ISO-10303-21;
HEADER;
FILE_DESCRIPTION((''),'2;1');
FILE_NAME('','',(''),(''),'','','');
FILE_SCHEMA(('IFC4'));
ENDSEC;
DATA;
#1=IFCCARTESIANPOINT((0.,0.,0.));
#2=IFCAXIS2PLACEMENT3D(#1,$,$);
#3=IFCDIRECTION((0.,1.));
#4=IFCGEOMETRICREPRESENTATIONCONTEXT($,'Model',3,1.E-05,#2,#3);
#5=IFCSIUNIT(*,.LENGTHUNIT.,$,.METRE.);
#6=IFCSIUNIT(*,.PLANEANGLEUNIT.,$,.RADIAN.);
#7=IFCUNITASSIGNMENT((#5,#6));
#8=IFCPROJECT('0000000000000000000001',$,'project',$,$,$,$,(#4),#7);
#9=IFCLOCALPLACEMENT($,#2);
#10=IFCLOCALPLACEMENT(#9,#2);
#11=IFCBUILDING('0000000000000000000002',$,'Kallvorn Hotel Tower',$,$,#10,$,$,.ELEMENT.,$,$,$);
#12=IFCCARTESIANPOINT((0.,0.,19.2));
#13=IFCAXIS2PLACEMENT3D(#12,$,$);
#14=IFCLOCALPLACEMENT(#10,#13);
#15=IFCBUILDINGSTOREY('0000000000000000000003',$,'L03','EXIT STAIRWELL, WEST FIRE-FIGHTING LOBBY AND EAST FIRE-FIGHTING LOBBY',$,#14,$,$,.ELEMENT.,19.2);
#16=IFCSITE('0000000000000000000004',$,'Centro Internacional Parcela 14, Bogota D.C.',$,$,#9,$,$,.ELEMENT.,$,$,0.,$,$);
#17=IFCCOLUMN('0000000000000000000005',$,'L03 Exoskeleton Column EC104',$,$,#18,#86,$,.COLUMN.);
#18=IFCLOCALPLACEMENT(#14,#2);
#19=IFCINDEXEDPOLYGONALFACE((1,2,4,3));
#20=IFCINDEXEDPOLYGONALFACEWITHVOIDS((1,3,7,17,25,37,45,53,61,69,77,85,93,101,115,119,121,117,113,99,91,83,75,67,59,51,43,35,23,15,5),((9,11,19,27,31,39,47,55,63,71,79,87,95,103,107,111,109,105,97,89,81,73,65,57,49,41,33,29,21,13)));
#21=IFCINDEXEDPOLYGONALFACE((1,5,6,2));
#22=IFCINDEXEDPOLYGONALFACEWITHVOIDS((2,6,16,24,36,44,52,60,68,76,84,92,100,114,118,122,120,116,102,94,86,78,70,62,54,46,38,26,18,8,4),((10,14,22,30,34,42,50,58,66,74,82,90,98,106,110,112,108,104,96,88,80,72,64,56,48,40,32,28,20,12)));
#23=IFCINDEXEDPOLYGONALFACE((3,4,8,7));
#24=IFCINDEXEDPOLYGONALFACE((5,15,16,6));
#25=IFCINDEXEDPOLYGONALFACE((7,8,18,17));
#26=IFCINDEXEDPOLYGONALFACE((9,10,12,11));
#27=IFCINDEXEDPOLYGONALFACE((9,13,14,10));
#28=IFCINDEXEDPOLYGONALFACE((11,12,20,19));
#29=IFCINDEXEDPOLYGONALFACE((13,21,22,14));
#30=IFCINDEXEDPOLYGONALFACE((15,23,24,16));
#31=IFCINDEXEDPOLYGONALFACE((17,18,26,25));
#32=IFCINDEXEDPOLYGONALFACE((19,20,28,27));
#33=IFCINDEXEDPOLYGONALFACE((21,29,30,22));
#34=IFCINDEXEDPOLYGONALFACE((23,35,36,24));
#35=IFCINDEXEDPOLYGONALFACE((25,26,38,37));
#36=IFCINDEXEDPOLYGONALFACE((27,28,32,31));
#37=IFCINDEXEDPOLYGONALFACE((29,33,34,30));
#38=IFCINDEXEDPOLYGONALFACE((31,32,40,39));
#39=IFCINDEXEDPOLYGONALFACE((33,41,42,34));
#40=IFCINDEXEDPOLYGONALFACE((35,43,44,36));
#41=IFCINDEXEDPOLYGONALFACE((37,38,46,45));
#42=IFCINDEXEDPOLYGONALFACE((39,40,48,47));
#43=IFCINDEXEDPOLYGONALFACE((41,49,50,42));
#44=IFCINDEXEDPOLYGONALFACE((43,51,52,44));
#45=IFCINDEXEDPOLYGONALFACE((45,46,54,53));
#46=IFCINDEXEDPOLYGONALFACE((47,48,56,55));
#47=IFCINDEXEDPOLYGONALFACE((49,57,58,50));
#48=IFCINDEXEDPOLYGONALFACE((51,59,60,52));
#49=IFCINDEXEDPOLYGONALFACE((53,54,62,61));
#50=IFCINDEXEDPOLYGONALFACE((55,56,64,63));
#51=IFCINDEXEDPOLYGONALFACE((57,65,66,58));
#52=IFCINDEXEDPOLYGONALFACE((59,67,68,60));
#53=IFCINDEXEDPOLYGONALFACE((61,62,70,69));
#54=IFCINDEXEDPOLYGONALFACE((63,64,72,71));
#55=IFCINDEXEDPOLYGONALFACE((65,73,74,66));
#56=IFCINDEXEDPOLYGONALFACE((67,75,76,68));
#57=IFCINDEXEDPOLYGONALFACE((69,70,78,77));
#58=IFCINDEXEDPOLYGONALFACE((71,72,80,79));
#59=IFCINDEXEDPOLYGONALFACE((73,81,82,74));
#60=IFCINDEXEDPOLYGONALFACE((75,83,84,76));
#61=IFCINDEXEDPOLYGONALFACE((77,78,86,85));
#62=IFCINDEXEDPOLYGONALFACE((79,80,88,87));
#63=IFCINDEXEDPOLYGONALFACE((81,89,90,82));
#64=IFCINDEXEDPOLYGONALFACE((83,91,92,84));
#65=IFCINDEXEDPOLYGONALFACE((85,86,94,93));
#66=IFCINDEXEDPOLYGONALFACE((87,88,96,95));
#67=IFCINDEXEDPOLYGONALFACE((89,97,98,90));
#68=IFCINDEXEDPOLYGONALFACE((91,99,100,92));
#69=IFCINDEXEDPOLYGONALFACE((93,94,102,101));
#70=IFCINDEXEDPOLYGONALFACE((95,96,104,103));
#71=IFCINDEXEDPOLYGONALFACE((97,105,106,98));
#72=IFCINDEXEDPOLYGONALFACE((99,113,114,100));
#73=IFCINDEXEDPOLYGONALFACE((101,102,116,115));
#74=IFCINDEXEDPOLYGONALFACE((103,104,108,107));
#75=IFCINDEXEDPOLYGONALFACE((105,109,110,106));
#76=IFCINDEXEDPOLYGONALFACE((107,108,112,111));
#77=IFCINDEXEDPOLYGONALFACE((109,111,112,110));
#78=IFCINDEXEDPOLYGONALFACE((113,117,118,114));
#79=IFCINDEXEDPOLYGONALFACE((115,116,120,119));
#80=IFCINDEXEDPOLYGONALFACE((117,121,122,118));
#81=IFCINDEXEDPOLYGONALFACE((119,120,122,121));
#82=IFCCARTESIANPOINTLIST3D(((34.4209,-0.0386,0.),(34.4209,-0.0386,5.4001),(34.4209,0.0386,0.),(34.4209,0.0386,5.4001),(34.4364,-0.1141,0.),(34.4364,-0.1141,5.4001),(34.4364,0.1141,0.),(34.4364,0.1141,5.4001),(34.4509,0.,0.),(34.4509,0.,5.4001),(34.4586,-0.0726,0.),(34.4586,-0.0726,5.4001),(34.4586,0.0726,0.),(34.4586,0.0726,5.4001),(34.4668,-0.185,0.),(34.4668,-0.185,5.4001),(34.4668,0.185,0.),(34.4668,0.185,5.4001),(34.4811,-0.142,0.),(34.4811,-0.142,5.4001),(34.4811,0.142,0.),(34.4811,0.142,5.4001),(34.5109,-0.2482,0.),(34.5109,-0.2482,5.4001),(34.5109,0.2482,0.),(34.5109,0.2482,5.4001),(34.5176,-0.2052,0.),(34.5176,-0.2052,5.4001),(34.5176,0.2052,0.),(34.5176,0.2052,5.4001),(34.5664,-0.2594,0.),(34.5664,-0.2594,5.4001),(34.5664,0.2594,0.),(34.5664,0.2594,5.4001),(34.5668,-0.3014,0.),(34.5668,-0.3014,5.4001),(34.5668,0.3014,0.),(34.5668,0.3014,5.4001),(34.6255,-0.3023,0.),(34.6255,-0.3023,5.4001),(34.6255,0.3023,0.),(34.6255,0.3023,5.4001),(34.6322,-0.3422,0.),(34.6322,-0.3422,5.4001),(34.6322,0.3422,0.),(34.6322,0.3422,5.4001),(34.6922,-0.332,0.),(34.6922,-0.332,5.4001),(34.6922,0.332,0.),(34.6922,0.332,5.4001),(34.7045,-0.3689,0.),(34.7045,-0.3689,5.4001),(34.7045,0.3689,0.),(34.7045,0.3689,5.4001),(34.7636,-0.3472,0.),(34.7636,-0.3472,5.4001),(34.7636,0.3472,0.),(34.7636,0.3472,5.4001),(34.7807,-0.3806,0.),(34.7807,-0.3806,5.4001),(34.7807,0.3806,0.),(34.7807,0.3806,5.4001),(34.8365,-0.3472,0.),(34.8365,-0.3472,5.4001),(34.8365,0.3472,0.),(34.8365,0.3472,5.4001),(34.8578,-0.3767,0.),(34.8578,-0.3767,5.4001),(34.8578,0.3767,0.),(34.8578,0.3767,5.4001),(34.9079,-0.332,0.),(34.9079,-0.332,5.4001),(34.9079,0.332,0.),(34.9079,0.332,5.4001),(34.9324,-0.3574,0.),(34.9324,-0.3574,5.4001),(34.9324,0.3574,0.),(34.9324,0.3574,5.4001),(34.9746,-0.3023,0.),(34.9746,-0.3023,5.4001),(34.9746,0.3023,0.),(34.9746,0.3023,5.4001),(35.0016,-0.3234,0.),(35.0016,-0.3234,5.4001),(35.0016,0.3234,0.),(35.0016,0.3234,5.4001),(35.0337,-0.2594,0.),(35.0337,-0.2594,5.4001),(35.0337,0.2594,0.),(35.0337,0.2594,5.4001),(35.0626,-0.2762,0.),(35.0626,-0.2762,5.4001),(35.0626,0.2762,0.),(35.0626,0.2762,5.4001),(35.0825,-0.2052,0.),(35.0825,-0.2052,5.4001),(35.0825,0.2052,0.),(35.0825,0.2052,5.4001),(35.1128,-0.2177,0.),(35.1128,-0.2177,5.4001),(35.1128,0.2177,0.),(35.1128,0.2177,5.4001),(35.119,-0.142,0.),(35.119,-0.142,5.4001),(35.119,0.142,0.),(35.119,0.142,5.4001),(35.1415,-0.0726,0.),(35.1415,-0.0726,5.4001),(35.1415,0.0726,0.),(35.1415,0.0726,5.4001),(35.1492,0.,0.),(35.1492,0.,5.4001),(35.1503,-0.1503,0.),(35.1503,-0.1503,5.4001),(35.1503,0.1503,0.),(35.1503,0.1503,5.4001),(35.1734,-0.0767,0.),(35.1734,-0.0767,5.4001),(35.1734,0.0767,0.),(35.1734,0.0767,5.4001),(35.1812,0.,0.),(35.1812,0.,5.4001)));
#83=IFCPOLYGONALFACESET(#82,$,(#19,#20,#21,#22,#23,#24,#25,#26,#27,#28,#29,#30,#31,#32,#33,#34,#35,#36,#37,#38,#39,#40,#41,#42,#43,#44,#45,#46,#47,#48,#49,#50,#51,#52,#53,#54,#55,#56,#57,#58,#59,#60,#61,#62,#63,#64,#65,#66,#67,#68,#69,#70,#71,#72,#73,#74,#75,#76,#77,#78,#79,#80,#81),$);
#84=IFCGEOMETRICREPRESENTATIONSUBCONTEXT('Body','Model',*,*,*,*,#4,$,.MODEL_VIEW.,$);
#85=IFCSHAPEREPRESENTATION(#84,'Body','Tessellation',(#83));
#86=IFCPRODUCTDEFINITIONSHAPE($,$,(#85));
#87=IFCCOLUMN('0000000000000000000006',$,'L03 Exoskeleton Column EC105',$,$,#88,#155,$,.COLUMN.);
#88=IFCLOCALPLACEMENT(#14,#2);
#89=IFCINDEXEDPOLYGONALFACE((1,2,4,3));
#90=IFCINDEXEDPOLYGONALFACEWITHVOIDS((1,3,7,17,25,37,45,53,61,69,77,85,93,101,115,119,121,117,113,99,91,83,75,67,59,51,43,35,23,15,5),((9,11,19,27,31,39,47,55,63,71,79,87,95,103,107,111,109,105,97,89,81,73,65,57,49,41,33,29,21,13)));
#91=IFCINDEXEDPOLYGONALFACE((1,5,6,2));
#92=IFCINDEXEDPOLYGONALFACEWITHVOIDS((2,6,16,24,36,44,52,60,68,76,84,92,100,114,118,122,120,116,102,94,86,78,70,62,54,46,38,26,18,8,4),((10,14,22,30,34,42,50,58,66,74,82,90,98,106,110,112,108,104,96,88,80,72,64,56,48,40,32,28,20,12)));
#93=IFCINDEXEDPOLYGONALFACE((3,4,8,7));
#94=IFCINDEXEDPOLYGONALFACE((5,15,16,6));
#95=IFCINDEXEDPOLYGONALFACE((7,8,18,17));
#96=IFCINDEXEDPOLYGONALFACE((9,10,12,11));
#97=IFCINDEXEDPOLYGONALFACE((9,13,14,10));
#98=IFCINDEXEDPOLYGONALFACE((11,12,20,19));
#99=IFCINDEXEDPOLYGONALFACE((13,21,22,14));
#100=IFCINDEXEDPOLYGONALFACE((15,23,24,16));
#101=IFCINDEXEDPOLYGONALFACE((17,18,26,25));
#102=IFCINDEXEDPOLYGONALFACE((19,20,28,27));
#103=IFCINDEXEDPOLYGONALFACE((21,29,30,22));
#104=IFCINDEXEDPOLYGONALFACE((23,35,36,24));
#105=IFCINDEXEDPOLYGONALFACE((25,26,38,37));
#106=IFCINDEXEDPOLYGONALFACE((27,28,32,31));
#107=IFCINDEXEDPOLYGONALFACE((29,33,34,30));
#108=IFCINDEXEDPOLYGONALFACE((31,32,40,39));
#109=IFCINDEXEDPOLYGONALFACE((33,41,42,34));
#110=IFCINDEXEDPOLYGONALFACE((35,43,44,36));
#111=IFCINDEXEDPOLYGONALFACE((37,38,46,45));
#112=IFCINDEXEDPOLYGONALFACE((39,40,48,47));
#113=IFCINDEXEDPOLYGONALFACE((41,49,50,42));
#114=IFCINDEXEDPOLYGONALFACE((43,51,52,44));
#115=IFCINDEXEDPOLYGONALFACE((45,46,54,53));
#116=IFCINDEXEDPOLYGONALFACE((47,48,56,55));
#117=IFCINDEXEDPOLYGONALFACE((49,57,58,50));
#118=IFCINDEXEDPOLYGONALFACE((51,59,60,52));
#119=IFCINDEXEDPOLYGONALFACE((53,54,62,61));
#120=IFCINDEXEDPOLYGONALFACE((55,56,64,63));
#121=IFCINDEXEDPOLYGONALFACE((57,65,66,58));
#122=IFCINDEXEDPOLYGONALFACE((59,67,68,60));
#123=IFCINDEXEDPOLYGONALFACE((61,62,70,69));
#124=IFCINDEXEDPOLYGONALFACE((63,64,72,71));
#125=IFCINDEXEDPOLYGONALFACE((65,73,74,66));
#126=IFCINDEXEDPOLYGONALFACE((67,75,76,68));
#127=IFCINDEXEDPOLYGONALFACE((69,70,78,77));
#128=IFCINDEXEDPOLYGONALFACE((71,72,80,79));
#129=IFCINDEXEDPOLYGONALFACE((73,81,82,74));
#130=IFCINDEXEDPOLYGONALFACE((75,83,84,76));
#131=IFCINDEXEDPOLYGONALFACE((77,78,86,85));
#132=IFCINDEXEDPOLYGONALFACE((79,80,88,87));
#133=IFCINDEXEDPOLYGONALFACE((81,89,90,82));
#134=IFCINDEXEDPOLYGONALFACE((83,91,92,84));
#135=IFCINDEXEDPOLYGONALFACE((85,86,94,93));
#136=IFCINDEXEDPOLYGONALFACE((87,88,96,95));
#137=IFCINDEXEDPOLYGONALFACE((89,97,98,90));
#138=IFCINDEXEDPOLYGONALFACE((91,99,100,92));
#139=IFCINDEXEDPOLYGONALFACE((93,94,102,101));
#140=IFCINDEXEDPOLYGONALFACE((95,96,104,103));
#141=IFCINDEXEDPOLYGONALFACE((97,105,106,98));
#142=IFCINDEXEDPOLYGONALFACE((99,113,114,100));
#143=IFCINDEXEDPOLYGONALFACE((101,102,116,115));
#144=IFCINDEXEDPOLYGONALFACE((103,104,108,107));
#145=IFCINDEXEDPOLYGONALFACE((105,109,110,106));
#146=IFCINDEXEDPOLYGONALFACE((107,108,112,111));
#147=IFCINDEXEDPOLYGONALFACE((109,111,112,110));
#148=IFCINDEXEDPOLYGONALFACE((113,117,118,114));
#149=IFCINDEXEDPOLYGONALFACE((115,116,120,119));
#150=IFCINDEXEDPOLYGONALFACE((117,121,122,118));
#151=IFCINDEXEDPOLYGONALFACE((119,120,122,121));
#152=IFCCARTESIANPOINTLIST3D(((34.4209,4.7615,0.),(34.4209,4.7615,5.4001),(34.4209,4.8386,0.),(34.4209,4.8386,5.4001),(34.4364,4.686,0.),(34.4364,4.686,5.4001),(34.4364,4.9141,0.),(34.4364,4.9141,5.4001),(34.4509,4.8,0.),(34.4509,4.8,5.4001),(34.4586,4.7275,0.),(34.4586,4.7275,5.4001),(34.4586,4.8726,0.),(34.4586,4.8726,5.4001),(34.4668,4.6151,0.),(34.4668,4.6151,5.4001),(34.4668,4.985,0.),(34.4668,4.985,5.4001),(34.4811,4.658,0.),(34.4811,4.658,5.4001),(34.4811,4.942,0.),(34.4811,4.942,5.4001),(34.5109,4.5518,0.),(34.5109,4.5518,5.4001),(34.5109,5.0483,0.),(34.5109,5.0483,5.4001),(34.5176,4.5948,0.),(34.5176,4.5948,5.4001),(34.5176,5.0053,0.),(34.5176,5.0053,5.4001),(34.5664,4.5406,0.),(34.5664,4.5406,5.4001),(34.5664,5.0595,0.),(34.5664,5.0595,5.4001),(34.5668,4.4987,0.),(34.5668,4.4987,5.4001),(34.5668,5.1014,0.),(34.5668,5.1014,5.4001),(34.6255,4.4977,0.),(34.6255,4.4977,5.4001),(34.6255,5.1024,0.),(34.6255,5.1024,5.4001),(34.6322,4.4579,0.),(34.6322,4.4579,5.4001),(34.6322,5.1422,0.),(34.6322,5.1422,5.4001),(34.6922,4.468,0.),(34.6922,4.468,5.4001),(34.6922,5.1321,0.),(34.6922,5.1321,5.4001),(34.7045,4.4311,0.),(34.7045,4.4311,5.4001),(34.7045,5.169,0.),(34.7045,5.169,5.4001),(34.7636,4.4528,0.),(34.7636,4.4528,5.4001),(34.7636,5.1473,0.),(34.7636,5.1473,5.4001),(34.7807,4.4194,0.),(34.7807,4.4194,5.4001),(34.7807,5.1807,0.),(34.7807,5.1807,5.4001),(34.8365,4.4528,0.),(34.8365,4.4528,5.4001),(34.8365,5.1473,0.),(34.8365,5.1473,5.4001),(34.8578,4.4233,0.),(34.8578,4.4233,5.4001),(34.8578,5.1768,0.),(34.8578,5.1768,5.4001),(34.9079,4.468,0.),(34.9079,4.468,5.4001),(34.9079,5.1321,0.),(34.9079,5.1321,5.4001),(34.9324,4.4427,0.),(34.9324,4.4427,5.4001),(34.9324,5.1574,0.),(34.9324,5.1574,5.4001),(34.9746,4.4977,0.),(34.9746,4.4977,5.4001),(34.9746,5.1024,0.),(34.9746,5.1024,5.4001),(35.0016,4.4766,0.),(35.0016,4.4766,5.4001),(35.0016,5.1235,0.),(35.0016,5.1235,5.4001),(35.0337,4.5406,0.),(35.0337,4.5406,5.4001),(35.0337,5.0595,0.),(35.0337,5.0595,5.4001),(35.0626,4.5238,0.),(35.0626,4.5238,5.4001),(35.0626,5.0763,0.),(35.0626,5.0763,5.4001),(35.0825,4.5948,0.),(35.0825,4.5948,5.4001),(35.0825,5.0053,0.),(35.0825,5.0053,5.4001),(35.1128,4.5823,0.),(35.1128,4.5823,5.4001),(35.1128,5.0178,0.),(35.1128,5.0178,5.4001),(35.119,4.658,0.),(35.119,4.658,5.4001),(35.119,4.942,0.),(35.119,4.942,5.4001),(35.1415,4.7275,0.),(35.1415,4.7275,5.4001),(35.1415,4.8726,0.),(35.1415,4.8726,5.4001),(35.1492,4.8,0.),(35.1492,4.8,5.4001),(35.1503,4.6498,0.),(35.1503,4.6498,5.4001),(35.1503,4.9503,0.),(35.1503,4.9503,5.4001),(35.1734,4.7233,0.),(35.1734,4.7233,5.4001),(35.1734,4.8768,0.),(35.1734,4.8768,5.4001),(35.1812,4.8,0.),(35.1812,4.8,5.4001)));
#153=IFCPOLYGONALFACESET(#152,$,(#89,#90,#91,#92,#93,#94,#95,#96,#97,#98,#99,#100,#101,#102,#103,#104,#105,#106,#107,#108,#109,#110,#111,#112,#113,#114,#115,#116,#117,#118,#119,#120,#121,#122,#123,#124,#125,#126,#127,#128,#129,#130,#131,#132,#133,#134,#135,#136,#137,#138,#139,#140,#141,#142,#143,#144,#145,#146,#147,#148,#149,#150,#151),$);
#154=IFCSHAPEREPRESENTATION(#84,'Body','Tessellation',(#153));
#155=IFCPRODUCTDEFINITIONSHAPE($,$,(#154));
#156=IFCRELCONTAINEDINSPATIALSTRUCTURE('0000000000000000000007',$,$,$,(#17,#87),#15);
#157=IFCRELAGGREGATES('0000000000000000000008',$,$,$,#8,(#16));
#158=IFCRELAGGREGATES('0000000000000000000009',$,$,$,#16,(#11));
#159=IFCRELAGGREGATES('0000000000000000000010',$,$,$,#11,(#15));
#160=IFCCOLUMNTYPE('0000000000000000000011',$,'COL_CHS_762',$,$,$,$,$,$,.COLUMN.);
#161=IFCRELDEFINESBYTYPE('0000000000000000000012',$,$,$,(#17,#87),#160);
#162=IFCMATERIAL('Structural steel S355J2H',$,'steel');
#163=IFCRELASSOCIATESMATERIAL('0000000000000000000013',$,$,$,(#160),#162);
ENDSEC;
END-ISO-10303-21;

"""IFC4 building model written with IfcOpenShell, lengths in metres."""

from ifc_helpers import new_model, si_unit, direction, frame, origin, origin_2d, place, context, subcontext, project, spatial, hollow_circle, extrude, material, material_profile, profile_set, type_object, element, save


model = new_model("IFC4")

# Units and contexts
model_context = context("Model", 3, precision=1e-05, world=origin(), true_north=direction((0.0, 1.0)))
body_context = subcontext(model_context, "Body", "Model", "MODEL_VIEW")
ifc_project = project(units=[si_unit("LENGTHUNIT", "METRE"), si_unit("PLANEANGLEUNIT", "RADIAN")], contexts=[model_context])

# Site, building, storey
site_placement = place(None, origin())
site = spatial("IfcSite", under=ifc_project, at=site_placement, Name="Centro Internacional Parcela 14, Bogota D.C.", CompositionType="ELEMENT", RefElevation=0.0)
building_placement = place(site_placement, origin())
building = spatial("IfcBuilding", under=site, at=building_placement, Name="Kallvorn Hotel Tower", CompositionType="ELEMENT")
storey_placement = place(building_placement, frame((0.0, 0.0, 19.2)))
storey = spatial("IfcBuildingStorey", under=building, at=storey_placement, Name="L03", Description="EXIT STAIRWELL, WEST FIRE-FIGHTING LOBBY AND EAST FIRE-FIGHTING LOBBY", CompositionType="ELEMENT", Elevation=19.2)

# Columns
ifc_material_1 = material(Name="Structural steel S355J2H", Category="steel")
ifc_material_profile_1 = material_profile(ifc_material_1, hollow_circle(Radius=0.3811, WallThickness=0.032, at=origin_2d()), Name="CHS 762x32")
ifc_profile_set_1 = profile_set([ifc_material_profile_1], Name="Structural steel S355J2H")
column_type_1 = type_object("IfcColumnType", Name="COL_CHS_762", PredefinedType="COLUMN", material=ifc_profile_set_1)
for number, where, z_axis, x_axis, name in (
    (1, (34.8, 0.0, 0.0), (0.0, 0.0, 1.0), (1.0, 0.0, 0.0), "L03 Exoskeleton Column EC104"),
    (2, (34.8, 4.8, 0.0), (0.0, 0.0, 1.0), (1.0, 0.0, 0.0), "L03 Exoskeleton Column EC105"),
):
    element("IfcColumn", number, at=place(storey_placement, frame(where, z_axis=z_axis, x_axis=x_axis)), inside=storey, type_object=column_type_1, Name=name, PredefinedType="COLUMN", context=body_context, shape_type="SweptSolid", body=[
        extrude(hollow_circle(Radius=0.3811, WallThickness=0.032, at=origin_2d()), origin(), (0.0, 0.0, 1.0), 5.4001),
    ])

save(model, "model.ifc")
